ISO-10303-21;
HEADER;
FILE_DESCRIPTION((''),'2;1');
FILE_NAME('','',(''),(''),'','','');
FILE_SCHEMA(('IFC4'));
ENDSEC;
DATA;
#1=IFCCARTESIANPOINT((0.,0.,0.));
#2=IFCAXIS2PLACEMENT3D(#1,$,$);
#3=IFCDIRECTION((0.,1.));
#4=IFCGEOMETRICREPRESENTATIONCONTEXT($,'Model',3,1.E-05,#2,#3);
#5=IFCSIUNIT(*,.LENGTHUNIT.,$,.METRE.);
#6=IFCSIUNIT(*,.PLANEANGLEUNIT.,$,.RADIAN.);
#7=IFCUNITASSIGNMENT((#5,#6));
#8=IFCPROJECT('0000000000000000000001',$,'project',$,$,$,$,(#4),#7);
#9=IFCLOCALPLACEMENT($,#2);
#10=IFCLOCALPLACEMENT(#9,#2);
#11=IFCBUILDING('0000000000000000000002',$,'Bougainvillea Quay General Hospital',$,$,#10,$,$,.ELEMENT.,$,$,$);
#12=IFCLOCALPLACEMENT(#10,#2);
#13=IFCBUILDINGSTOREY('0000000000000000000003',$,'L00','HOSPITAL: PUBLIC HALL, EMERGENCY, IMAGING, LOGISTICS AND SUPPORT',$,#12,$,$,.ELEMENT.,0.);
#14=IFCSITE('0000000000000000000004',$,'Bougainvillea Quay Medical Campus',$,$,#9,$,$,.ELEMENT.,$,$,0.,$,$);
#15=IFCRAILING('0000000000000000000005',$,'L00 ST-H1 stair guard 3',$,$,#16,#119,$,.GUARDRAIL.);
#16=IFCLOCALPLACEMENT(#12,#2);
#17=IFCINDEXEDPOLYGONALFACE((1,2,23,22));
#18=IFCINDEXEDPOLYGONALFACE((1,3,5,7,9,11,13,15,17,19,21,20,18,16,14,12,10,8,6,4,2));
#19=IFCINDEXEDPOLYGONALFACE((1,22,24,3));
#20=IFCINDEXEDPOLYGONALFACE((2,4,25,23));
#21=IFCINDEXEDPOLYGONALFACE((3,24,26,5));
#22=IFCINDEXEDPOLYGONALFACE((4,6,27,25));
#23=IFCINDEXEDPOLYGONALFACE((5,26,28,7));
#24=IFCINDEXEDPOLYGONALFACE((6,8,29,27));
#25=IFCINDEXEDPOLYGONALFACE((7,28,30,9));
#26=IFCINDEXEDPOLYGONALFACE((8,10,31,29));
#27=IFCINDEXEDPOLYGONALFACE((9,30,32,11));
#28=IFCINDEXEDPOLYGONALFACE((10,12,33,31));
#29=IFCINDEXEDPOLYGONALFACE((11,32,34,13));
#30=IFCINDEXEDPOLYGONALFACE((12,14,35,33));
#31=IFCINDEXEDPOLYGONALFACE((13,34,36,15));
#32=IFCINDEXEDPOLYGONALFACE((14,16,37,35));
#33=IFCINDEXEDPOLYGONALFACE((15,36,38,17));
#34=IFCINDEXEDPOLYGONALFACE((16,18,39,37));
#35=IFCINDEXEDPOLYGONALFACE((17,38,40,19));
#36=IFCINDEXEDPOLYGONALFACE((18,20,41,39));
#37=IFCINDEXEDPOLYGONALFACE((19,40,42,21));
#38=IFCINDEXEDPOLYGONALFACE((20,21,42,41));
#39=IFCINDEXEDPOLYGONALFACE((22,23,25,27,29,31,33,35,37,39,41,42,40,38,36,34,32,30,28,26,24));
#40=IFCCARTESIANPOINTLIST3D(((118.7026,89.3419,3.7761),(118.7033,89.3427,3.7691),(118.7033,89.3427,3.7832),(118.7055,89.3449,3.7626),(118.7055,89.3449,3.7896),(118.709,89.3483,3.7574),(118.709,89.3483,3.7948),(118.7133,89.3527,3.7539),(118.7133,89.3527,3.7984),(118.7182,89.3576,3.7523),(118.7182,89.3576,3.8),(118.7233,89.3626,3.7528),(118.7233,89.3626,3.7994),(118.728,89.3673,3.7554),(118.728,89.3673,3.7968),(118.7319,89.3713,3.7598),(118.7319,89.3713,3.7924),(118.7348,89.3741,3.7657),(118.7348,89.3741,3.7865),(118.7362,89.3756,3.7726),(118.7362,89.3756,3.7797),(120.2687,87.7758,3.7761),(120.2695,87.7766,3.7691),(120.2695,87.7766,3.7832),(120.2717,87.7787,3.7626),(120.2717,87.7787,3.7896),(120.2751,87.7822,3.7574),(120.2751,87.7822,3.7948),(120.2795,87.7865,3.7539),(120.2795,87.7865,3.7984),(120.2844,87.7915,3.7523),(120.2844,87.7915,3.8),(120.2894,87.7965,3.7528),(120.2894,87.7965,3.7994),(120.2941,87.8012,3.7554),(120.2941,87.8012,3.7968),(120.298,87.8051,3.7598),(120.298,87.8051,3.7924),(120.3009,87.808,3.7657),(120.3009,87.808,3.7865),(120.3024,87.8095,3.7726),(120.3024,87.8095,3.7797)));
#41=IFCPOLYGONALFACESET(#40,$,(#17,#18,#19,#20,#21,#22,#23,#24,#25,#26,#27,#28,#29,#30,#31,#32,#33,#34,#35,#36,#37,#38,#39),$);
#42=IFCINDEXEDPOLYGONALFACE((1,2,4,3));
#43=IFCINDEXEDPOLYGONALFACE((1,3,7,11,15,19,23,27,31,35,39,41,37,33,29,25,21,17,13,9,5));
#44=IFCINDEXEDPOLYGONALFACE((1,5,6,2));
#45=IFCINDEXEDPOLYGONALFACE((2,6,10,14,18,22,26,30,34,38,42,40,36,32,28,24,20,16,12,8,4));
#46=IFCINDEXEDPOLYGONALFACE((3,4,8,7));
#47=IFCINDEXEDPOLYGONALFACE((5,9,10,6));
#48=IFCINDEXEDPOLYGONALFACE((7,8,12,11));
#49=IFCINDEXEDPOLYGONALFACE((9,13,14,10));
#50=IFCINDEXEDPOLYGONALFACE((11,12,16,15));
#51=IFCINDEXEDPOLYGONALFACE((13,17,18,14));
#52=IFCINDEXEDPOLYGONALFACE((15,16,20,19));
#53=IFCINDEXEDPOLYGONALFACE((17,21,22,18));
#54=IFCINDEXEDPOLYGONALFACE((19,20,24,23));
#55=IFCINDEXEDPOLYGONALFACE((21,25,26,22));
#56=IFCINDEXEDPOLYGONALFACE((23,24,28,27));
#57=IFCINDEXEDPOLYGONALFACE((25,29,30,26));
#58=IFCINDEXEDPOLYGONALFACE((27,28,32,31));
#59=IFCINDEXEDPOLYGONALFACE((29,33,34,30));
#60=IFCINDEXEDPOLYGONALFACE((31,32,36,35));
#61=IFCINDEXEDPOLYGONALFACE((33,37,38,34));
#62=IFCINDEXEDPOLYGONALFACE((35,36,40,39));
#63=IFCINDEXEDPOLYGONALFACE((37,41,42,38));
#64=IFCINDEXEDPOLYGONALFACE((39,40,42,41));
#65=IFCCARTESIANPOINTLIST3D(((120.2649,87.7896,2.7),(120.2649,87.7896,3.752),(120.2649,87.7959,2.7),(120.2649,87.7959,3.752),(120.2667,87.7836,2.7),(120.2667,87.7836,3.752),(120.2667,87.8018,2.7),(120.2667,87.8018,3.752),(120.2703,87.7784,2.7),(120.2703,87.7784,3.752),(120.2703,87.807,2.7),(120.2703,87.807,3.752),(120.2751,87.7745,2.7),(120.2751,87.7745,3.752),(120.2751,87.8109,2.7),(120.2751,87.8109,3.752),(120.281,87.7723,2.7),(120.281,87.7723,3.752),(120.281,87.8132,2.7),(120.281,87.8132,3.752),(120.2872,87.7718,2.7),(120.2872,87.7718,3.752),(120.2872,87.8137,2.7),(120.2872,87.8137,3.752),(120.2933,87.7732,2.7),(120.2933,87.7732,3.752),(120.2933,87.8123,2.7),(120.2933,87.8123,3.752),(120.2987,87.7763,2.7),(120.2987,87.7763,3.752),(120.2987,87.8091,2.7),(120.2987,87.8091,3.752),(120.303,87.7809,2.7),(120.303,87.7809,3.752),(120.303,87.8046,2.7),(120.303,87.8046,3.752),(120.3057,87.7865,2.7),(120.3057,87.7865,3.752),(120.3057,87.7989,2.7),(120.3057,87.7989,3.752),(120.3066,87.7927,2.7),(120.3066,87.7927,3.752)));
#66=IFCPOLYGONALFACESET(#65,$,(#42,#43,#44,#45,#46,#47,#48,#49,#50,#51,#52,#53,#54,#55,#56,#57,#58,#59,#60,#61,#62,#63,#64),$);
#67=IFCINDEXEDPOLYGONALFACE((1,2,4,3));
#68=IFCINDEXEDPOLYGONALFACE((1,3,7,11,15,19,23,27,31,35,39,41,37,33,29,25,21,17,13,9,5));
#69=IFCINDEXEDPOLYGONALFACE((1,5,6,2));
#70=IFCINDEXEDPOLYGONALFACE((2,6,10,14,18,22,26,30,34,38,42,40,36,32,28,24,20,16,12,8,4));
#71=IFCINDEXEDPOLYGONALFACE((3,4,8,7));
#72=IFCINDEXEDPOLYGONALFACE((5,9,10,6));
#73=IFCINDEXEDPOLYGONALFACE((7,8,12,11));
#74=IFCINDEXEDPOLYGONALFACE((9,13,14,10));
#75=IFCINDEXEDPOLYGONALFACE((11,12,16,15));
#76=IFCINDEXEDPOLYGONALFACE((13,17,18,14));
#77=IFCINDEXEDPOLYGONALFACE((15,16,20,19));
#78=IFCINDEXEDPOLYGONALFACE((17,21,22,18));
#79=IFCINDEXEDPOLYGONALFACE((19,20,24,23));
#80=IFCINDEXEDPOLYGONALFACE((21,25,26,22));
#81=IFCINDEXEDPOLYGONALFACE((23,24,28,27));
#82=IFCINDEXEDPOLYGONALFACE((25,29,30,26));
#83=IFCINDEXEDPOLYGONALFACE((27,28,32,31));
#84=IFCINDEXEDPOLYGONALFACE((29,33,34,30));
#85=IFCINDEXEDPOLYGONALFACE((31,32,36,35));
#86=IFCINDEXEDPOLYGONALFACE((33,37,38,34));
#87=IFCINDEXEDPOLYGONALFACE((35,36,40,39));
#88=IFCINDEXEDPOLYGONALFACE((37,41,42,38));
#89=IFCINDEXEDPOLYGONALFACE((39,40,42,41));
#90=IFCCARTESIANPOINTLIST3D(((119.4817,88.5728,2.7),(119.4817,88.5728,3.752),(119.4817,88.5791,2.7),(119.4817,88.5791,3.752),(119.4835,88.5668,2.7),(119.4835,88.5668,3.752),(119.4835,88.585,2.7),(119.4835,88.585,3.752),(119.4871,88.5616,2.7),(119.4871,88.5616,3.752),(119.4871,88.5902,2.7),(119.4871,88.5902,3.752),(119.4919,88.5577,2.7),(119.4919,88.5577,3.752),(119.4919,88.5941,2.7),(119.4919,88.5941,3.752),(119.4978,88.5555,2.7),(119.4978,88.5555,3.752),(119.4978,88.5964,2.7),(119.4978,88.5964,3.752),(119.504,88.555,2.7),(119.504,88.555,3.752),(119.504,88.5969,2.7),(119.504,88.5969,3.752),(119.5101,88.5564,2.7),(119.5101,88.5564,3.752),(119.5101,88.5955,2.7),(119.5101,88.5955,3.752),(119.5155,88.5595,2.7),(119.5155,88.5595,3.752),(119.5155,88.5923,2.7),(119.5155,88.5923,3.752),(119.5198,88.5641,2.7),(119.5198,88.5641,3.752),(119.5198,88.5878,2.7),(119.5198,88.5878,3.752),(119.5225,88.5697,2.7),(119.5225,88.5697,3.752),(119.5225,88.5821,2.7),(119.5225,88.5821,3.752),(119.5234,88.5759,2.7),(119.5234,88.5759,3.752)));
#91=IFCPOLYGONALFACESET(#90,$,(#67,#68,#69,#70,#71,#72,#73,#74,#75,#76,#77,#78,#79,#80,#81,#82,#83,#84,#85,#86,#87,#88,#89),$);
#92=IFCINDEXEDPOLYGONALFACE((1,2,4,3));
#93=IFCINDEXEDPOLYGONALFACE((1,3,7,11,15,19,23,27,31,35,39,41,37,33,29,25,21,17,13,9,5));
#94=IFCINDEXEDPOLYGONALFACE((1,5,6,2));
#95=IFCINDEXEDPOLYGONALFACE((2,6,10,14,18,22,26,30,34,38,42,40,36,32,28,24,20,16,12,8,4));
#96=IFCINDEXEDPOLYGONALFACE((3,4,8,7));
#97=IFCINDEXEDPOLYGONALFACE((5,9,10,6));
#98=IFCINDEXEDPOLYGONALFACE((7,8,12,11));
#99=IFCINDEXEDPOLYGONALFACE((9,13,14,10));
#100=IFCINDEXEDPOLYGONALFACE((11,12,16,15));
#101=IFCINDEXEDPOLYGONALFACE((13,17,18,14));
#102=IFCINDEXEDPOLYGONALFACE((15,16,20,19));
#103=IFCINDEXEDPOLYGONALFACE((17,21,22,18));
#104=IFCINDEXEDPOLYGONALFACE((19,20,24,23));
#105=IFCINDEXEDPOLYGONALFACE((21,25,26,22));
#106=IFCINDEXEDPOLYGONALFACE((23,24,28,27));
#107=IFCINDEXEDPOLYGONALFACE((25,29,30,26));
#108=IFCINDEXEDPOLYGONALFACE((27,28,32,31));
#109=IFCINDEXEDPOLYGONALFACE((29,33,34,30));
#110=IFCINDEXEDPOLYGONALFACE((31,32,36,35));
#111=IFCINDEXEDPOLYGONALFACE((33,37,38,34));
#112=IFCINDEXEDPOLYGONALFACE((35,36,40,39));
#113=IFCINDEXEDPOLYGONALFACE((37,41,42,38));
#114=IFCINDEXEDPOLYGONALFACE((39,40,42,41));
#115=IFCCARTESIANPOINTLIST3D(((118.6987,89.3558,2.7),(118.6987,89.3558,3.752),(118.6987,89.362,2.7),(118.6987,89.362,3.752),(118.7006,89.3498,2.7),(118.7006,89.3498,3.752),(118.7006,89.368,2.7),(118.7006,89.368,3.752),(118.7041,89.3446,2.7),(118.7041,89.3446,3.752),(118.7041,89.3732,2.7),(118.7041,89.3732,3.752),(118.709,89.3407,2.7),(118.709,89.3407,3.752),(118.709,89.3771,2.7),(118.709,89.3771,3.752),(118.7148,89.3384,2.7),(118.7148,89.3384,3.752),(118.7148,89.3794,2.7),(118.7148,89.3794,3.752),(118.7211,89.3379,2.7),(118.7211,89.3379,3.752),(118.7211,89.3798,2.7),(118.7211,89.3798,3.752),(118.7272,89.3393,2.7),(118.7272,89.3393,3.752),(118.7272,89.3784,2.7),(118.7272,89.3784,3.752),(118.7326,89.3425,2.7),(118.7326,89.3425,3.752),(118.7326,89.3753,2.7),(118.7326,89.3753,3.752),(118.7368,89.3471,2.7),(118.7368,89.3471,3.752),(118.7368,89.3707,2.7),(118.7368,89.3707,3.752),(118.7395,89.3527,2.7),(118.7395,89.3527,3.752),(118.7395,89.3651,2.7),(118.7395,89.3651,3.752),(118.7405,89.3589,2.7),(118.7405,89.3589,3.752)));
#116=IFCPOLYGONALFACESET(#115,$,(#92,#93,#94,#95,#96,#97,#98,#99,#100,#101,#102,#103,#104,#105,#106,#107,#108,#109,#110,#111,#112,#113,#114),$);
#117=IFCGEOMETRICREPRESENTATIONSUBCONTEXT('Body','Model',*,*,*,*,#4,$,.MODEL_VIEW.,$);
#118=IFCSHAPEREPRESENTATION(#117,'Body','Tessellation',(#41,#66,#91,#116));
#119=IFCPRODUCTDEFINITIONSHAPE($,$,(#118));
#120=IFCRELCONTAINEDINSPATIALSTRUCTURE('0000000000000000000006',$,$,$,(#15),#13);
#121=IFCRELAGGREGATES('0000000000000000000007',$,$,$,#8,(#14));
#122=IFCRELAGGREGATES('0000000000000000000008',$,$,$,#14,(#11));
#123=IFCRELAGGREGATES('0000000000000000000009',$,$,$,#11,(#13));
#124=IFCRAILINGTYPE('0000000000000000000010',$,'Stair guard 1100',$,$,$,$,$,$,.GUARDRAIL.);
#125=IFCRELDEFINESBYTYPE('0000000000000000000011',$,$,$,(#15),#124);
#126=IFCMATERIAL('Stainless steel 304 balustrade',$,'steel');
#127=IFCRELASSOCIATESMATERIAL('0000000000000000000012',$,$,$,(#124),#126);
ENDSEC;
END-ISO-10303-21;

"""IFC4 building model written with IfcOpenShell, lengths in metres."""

from ifc_helpers import new_model, si_unit, direction, frame, origin, origin_2d, place, context, subcontext, project, spatial, circle, extrude, material, type_object, element, save


model = new_model("IFC4")

# Units and contexts
model_context = context("Model", 3, precision=1e-05, world=origin(), true_north=direction((0.0, 1.0)))
body_context = subcontext(model_context, "Body", "Model", "MODEL_VIEW")
ifc_project = project(units=[si_unit("LENGTHUNIT", "METRE"), si_unit("PLANEANGLEUNIT", "RADIAN")], contexts=[model_context])

# Site, building, storey
site_placement = place(None, origin())
site = spatial("IfcSite", under=ifc_project, at=site_placement, Name="Bougainvillea Quay Medical Campus", CompositionType="ELEMENT", RefElevation=0.0)
building_placement = place(site_placement, origin())
building = spatial("IfcBuilding", under=site, at=building_placement, Name="Bougainvillea Quay General Hospital", CompositionType="ELEMENT")
storey_placement = place(building_placement, origin())
storey = spatial("IfcBuildingStorey", under=building, at=storey_placement, Name="L00", Description="HOSPITAL: PUBLIC HALL, EMERGENCY, IMAGING, LOGISTICS AND SUPPORT", CompositionType="ELEMENT", Elevation=0.0)

# Railing
ifc_material_1 = material(Name="Stainless steel 304 balustrade", Category="steel")
railing_type_1 = type_object("IfcRailingType", Name="Stair guard 1100", PredefinedType="GUARDRAIL", material=ifc_material_1)
railing_1_placement = place(storey_placement, frame((120.2856, 87.7927, 2.7)))
element("IfcRailing", 1, at=railing_1_placement, inside=storey, type_object=railing_type_1, Name="L00 ST-H1 stair guard 3", PredefinedType="GUARDRAIL", context=body_context, shape_type="SweptSolid", body=[
    extrude(circle(Radius=0.0239, at=origin_2d()), frame((0.0, 0.0, 1.0762), z_axis=(-0.707107, 0.707107, 0.0), x_axis=(-0.707107, -0.707107, 0.0)), (0.0, 0.0, 1.0), 2.2148),
    extrude(circle(Radius=0.021, at=origin_2d()), origin(), (0.0, 0.0, 1.0), 1.052),
    extrude(circle(Radius=0.021, at=origin_2d()), frame((-0.7832, 0.7832, 0.0)), (0.0, 0.0, 1.0), 1.052),
    extrude(circle(Radius=0.021, at=origin_2d()), frame((-1.5662, 1.5662, 0.0)), (0.0, 0.0, 1.0), 1.052),
])

save(model, "model.ifc")
